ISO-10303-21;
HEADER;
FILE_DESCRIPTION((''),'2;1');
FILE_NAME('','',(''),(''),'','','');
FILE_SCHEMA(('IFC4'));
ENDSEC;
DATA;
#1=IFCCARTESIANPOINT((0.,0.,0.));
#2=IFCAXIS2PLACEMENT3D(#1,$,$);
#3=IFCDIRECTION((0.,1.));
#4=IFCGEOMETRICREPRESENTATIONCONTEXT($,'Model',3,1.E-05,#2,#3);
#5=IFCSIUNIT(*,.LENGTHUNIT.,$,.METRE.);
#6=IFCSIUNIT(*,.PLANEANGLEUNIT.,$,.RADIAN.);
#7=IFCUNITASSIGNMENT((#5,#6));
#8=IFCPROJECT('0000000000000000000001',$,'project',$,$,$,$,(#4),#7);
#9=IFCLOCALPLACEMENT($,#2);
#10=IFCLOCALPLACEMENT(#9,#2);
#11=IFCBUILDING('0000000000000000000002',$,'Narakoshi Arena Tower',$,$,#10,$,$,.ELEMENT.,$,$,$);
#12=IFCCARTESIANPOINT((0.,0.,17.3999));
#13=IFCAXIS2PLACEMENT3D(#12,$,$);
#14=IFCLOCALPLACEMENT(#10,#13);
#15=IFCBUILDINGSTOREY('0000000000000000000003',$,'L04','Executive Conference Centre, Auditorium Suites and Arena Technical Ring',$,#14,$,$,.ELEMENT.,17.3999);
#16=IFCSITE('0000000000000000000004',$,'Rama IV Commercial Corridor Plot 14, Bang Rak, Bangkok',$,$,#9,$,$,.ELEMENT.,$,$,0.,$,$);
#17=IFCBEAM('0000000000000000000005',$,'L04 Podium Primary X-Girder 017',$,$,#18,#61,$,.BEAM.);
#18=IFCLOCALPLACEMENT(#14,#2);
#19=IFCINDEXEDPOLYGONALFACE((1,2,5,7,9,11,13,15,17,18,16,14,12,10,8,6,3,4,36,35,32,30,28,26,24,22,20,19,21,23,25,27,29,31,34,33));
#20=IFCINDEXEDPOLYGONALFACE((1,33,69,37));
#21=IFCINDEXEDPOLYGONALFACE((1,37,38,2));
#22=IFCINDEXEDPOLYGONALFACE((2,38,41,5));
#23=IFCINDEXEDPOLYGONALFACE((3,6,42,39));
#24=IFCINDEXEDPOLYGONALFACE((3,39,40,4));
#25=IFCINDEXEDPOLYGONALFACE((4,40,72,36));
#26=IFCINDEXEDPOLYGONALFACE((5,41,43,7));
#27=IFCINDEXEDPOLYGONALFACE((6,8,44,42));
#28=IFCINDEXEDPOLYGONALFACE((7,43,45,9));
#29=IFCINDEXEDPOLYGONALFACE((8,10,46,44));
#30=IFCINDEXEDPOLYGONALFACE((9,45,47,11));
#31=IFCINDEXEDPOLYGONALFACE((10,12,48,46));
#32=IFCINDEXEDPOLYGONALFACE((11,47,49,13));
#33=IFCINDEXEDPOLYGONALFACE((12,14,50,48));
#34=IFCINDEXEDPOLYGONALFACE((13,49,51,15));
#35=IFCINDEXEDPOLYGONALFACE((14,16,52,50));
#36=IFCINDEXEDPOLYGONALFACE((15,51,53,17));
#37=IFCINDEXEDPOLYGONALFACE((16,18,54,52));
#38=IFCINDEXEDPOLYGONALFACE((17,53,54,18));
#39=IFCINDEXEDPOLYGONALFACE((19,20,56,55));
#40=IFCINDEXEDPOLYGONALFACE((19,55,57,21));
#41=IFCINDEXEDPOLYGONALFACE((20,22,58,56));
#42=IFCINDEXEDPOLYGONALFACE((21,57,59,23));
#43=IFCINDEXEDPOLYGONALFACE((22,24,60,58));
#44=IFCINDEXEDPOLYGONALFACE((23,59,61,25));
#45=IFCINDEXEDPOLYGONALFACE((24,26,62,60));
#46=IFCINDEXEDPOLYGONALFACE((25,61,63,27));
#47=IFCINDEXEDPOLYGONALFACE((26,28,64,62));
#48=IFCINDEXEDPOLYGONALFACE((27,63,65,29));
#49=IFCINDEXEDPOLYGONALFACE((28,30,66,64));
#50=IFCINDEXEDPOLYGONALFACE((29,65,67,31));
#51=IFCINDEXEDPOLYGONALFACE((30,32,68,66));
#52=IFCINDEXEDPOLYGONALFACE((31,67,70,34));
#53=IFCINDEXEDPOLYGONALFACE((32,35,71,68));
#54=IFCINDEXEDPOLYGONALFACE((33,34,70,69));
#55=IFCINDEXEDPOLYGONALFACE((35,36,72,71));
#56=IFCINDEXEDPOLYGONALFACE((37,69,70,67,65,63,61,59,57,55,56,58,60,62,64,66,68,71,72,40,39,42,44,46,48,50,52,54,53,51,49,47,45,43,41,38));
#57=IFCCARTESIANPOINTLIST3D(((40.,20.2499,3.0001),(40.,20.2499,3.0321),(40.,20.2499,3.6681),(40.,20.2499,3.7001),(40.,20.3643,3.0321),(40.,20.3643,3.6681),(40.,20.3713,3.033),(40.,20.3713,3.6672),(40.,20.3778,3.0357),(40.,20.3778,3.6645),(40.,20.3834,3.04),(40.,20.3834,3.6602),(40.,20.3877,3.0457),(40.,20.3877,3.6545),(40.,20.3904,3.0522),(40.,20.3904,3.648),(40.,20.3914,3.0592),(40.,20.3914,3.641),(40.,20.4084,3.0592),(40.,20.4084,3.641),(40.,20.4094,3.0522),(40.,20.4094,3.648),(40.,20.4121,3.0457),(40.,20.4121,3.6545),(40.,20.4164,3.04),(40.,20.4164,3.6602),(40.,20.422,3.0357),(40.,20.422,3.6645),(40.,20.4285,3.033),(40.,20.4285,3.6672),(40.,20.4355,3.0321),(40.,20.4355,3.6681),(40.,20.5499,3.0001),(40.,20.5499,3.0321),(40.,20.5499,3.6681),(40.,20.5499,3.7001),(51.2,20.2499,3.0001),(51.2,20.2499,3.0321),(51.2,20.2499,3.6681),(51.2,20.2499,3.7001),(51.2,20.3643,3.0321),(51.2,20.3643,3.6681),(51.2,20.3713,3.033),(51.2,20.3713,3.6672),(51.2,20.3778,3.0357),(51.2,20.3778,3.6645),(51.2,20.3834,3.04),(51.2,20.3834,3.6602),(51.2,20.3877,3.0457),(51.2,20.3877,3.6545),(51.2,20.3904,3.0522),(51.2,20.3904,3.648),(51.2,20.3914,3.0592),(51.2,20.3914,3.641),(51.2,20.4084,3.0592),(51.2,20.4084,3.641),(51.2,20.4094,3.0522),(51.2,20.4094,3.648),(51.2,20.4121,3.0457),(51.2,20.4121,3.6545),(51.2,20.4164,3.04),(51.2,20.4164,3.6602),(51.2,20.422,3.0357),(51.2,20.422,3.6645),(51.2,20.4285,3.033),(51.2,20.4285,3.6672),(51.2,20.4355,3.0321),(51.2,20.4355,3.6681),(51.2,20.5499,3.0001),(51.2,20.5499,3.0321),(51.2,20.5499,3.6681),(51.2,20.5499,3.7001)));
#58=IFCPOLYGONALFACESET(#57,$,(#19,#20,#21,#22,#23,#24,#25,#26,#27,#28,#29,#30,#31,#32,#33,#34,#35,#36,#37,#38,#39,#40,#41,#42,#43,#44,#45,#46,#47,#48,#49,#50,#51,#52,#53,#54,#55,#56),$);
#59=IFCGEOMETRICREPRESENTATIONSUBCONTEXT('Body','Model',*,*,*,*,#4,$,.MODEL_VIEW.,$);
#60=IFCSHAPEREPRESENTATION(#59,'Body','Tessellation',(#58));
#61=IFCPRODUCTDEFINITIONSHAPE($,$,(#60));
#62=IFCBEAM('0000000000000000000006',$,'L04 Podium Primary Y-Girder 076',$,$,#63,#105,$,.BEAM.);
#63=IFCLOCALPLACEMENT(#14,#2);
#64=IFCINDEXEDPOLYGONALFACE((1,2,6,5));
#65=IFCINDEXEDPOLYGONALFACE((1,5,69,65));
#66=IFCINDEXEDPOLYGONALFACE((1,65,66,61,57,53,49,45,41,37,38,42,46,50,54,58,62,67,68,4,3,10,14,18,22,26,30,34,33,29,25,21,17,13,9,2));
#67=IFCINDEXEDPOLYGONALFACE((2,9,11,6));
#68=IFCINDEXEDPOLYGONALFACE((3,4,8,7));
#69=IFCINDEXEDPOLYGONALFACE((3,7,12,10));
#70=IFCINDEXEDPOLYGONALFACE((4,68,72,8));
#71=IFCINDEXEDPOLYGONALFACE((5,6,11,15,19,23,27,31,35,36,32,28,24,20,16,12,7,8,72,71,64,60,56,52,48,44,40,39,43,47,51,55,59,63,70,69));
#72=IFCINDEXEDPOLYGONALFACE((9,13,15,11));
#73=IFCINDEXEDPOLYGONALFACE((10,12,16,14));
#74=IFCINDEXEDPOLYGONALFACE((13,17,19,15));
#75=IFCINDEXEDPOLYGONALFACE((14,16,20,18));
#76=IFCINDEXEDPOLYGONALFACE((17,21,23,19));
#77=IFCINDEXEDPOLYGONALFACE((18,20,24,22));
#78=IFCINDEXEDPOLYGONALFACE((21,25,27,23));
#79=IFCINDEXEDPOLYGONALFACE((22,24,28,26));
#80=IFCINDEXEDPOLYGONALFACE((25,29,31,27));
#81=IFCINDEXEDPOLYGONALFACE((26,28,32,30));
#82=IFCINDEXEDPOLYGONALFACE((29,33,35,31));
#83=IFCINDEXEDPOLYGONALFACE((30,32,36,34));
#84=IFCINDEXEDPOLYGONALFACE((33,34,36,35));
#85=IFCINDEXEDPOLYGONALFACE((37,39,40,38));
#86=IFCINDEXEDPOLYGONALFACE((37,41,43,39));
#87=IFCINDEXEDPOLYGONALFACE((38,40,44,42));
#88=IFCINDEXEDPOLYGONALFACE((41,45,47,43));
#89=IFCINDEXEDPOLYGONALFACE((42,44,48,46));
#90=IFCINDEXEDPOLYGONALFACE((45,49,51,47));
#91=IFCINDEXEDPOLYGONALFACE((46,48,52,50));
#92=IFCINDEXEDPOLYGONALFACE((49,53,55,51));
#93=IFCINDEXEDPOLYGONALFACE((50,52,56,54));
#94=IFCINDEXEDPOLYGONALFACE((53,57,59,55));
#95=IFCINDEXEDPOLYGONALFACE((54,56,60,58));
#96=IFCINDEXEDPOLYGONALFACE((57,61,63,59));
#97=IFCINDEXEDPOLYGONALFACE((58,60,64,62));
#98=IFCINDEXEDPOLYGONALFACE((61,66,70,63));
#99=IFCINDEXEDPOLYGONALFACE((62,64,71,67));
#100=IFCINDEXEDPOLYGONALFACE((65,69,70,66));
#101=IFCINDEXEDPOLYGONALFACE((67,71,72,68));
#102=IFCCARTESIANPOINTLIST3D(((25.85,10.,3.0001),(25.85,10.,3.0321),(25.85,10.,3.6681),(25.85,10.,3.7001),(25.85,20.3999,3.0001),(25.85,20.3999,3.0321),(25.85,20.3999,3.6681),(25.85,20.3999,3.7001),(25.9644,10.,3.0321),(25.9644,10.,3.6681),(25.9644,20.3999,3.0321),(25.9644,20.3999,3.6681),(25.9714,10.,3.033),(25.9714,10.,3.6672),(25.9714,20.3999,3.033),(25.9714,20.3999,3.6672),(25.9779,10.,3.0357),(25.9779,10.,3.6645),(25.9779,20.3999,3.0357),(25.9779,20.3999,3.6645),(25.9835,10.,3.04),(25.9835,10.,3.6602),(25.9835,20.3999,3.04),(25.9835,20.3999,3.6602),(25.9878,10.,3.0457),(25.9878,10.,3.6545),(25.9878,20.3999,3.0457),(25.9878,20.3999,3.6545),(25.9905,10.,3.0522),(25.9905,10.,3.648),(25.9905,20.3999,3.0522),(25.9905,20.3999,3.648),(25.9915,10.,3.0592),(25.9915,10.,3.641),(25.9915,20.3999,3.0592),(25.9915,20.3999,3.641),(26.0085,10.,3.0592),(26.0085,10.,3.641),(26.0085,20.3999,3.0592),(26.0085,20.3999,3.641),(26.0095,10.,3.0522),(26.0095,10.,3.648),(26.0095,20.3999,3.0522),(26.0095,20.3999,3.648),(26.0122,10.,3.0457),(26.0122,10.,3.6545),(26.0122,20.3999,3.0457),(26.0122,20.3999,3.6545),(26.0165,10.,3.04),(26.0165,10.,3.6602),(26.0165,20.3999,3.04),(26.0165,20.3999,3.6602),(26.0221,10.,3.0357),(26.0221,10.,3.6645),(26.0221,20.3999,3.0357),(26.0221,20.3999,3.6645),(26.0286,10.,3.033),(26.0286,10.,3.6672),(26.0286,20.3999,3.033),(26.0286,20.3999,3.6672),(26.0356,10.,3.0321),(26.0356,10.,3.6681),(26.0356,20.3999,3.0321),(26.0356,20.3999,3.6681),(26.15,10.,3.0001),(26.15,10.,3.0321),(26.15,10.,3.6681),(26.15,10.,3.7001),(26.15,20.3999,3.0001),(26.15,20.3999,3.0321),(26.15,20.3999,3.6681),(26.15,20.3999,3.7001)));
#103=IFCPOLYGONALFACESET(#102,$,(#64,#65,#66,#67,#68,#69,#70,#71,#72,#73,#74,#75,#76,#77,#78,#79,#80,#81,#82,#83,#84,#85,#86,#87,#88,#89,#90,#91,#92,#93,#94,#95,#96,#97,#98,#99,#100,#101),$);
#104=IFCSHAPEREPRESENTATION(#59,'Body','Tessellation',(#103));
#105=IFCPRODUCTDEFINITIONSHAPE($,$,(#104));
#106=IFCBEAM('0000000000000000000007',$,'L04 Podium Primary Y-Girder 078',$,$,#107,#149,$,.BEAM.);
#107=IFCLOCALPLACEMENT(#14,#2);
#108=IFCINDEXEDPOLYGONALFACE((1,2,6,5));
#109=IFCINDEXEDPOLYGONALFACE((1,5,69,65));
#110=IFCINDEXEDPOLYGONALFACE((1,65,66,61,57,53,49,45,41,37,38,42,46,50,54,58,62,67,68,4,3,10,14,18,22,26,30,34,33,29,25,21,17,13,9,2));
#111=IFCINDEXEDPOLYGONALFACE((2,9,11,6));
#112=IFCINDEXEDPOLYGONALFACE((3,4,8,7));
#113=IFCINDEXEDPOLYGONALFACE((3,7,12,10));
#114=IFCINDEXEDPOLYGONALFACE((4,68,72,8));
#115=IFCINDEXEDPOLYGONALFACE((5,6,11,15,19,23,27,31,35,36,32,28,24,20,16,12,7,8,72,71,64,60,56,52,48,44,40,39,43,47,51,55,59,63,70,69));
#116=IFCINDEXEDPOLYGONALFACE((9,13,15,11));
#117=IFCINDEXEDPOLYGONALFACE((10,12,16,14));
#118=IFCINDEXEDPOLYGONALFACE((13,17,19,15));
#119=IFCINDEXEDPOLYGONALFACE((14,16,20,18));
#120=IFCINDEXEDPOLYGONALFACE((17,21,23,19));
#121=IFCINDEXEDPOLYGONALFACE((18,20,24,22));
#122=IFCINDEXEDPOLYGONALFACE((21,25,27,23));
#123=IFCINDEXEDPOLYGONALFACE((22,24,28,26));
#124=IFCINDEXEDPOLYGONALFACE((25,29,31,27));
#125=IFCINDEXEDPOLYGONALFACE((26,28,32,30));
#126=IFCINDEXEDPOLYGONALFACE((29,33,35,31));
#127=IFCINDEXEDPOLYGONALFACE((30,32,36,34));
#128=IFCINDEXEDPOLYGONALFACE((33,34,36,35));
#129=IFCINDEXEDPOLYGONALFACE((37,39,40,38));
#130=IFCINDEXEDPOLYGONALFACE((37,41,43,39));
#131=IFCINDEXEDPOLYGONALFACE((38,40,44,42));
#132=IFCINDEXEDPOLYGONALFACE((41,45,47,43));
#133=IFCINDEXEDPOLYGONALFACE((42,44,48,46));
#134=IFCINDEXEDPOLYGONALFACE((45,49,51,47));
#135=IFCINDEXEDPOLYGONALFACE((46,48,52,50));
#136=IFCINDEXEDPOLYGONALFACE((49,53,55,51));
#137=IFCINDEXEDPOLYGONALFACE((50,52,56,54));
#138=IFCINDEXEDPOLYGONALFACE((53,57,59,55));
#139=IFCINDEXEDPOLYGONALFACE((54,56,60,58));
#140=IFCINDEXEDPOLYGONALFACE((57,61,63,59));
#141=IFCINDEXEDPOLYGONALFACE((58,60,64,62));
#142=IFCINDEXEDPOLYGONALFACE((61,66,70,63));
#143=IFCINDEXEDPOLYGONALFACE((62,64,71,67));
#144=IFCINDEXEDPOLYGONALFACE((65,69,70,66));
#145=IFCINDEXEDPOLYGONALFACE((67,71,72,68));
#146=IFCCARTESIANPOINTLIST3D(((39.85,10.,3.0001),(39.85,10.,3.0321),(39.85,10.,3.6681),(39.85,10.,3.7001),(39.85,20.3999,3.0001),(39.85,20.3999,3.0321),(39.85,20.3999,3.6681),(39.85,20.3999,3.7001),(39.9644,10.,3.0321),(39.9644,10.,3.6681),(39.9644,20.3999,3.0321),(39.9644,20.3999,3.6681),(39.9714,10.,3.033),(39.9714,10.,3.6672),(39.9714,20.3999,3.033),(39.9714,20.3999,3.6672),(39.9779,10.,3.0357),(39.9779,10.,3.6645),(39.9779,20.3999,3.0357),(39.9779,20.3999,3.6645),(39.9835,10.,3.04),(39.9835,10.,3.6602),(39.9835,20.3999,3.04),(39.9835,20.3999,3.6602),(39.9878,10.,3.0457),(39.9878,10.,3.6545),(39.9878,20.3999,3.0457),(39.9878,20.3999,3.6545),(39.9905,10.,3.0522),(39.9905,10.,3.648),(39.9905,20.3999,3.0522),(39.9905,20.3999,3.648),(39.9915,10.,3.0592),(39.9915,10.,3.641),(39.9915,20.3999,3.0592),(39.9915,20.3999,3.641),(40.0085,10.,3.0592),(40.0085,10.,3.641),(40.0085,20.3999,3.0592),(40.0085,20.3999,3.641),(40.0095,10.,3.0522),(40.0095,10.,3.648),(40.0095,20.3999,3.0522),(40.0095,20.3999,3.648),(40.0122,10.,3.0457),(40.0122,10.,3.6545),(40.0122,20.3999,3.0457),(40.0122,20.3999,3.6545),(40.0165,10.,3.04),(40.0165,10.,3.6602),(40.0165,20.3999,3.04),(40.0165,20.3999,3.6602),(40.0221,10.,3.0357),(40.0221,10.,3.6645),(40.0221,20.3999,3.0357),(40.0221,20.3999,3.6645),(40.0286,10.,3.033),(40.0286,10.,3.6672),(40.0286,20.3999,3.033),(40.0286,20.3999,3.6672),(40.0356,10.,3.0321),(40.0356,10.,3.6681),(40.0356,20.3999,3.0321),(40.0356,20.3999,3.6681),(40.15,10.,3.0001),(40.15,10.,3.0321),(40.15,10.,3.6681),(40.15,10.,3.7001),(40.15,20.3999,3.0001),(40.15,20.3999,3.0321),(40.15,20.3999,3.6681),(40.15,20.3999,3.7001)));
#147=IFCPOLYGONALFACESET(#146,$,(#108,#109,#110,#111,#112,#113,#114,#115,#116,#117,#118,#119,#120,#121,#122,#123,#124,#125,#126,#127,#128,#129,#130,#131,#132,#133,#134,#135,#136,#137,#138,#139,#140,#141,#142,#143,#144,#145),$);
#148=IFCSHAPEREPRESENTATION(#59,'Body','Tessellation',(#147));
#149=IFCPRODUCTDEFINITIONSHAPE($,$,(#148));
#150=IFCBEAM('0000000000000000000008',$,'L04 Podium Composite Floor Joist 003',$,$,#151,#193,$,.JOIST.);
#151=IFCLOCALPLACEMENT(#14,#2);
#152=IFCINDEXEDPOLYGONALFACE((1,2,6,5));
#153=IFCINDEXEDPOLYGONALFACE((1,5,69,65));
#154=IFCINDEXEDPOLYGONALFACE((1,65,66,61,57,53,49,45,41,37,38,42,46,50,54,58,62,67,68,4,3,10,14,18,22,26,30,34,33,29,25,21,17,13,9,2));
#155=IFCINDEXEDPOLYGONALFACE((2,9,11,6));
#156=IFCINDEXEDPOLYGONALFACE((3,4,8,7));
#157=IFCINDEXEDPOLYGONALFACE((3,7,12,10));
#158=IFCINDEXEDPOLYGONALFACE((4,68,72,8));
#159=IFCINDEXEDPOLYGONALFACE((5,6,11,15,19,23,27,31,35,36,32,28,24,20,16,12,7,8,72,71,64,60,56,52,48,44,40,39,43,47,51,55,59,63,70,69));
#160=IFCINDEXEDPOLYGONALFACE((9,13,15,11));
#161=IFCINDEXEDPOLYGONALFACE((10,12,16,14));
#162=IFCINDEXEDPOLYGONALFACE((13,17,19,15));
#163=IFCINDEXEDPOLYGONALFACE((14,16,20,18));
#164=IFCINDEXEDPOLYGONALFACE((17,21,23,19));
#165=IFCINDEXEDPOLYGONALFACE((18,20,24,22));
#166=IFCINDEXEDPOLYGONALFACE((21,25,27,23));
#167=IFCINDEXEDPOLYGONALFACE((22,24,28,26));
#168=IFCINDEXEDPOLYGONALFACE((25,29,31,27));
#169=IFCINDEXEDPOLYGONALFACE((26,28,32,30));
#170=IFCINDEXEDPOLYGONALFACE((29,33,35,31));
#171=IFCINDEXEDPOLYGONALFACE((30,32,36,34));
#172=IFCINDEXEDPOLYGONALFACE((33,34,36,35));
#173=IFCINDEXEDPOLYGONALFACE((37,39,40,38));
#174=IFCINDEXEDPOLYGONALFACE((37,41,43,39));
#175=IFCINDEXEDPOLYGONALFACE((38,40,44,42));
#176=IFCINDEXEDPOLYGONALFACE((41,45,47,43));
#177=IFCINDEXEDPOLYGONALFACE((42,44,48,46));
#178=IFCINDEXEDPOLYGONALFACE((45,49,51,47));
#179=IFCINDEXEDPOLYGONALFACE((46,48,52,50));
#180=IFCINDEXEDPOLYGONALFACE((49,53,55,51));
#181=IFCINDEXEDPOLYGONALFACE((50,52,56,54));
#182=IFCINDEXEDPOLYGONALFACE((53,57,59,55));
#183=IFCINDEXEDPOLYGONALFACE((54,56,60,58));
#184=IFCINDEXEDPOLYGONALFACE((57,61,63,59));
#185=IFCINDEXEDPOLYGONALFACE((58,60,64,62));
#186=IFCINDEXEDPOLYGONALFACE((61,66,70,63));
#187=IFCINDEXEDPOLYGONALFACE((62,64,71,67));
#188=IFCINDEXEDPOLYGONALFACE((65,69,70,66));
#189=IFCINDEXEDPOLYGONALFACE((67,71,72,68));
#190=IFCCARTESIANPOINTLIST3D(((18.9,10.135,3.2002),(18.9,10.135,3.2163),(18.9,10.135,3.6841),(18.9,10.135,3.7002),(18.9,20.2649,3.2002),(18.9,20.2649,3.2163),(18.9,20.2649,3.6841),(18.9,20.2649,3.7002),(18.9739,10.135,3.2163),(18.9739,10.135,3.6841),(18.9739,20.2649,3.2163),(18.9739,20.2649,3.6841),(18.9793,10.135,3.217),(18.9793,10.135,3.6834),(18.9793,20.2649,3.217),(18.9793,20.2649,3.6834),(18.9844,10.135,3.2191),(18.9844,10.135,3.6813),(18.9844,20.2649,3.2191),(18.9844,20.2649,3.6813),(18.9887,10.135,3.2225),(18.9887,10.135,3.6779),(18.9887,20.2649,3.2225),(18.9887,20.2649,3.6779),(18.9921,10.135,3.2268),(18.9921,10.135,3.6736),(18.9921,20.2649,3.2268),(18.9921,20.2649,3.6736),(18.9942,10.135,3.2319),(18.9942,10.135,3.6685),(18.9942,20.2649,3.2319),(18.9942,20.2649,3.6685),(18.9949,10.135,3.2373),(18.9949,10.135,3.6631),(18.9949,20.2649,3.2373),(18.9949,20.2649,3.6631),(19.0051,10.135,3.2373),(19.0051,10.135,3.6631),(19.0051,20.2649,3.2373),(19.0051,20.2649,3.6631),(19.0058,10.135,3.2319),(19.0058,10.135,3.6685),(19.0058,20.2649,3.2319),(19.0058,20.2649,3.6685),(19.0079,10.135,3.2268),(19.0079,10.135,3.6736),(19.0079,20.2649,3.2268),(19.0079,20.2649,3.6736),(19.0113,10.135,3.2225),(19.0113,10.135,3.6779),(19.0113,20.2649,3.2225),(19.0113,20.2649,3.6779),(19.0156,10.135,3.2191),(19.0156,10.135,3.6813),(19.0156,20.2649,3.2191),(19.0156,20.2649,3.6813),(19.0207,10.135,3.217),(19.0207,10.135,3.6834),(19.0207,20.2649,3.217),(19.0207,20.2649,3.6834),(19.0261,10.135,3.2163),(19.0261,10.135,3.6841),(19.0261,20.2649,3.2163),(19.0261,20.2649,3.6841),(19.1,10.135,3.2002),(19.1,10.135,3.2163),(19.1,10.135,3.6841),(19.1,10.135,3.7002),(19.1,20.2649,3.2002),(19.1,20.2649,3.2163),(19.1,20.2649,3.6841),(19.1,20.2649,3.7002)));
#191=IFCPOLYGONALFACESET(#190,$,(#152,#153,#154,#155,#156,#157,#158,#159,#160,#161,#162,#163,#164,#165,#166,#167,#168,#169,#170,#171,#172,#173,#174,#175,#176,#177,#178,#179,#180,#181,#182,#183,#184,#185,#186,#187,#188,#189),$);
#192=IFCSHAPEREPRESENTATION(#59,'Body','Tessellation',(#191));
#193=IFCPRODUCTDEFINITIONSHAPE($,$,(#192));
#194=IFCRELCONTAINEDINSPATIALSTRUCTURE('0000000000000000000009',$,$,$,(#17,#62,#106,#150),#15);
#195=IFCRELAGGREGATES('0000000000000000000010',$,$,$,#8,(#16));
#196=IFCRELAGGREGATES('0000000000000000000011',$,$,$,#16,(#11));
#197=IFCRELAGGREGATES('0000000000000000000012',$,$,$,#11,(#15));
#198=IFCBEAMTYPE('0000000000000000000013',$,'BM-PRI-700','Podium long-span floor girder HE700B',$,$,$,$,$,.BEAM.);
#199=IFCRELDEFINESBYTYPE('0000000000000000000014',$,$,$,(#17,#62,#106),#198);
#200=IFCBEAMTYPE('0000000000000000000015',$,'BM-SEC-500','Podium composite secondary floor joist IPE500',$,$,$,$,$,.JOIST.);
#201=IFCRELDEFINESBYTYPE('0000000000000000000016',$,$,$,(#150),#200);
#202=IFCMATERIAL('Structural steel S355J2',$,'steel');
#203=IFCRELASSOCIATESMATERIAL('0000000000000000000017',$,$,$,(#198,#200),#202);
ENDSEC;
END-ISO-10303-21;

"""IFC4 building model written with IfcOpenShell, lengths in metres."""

from ifc_helpers import new_model, si_unit, direction, frame, origin, origin_2d, place, context, subcontext, project, spatial, i_section, extrude, material, material_profile, profile_set, type_object, element, save


model = new_model("IFC4")

# Units and contexts
model_context = context("Model", 3, precision=1e-05, world=origin(), true_north=direction((0.0, 1.0)))
body_context = subcontext(model_context, "Body", "Model", "MODEL_VIEW")
ifc_project = project(units=[si_unit("LENGTHUNIT", "METRE"), si_unit("PLANEANGLEUNIT", "RADIAN")], contexts=[model_context])

# Site, building, storey
site_placement = place(None, origin())
site = spatial("IfcSite", under=ifc_project, at=site_placement, Name="Rama IV Commercial Corridor Plot 14, Bang Rak, Bangkok", CompositionType="ELEMENT", RefElevation=0.0)
building_placement = place(site_placement, origin())
building = spatial("IfcBuilding", under=site, at=building_placement, Name="Narakoshi Arena Tower", CompositionType="ELEMENT")
storey_placement = place(building_placement, frame((0.0, 0.0, 17.3999)))
storey = spatial("IfcBuildingStorey", under=building, at=storey_placement, Name="L04", Description="Executive Conference Centre, Auditorium Suites and Arena Technical Ring", CompositionType="ELEMENT", Elevation=17.3999)

# Shared definitions
ifc_material_1 = material(Name="Structural steel S355J2", Category="steel")

# Beams
ifc_material_profile_1 = material_profile(ifc_material_1, i_section(OverallWidth=0.3, OverallDepth=0.7, WebThickness=0.0171, FlangeThickness=0.032, FilletRadius=0.0271, at=origin_2d()), Name="HE700B")
ifc_profile_set_1 = profile_set([ifc_material_profile_1], Name="Structural steel S355J2")
beam_type_1 = type_object("IfcBeamType", Name="BM-PRI-700", Description="Podium long-span floor girder HE700B", PredefinedType="BEAM", material=ifc_profile_set_1)
beam_1_placement = place(storey_placement, frame((40.0, 20.3999, 3.3501), z_axis=(1.0, 0.0, 0.0), x_axis=(0.0, 1.0, 0.0)))
element("IfcBeam", 1, at=beam_1_placement, inside=storey, type_object=beam_type_1, Name="L04 Podium Primary X-Girder 017", PredefinedType="BEAM", context=body_context, shape_type="SweptSolid", body=[
    extrude(i_section(OverallWidth=0.3, OverallDepth=0.7, WebThickness=0.0171, FlangeThickness=0.032, FilletRadius=0.0271, at=origin_2d()), origin(), (0.0, 0.0, 1.0), 11.2),
])
for number, where, z_axis, x_axis, name in (
    (2, (26.0, 10.0, 3.3501), (0.0, 1.0, 0.0), (-1.0, 0.0, 0.0), "L04 Podium Primary Y-Girder 076"),
    (3, (40.0, 10.0, 3.3501), (0.0, 1.0, 0.0), (-1.0, 0.0, 0.0), "L04 Podium Primary Y-Girder 078"),
):
    element("IfcBeam", number, at=place(storey_placement, frame(where, z_axis=z_axis, x_axis=x_axis)), inside=storey, type_object=beam_type_1, Name=name, PredefinedType="BEAM", context=body_context, shape_type="SweptSolid", body=[
        extrude(i_section(OverallWidth=0.3, OverallDepth=0.7, WebThickness=0.0171, FlangeThickness=0.032, FilletRadius=0.0271, at=origin_2d()), origin(), (0.0, 0.0, 1.0), 10.3999),
    ])
ifc_material_profile_2 = material_profile(ifc_material_1, i_section(OverallWidth=0.2, OverallDepth=0.5, WebThickness=0.0103, FlangeThickness=0.0161, FilletRadius=0.021, at=origin_2d()), Name="IPE500")
ifc_profile_set_2 = profile_set([ifc_material_profile_2], Name="Structural steel S355J2")
beam_type_2 = type_object("IfcBeamType", Name="BM-SEC-500", Description="Podium composite secondary floor joist IPE500", PredefinedType="JOIST", material=ifc_profile_set_2)
for number, where, z_axis, x_axis, name in (
    (4, (19.0, 10.135, 3.4502), (0.0, 1.0, 0.0), (-1.0, 0.0, 0.0), "L04 Podium Composite Floor Joist 003"),
):
    element("IfcBeam", number, at=place(storey_placement, frame(where, z_axis=z_axis, x_axis=x_axis)), inside=storey, type_object=beam_type_2, Name=name, PredefinedType="JOIST", context=body_context, shape_type="SweptSolid", body=[
        extrude(i_section(OverallWidth=0.2, OverallDepth=0.5, WebThickness=0.0103, FlangeThickness=0.0161, FilletRadius=0.021, at=origin_2d()), origin(), (0.0, 0.0, 1.0), 10.1299),
    ])

save(model, "model.ifc")
